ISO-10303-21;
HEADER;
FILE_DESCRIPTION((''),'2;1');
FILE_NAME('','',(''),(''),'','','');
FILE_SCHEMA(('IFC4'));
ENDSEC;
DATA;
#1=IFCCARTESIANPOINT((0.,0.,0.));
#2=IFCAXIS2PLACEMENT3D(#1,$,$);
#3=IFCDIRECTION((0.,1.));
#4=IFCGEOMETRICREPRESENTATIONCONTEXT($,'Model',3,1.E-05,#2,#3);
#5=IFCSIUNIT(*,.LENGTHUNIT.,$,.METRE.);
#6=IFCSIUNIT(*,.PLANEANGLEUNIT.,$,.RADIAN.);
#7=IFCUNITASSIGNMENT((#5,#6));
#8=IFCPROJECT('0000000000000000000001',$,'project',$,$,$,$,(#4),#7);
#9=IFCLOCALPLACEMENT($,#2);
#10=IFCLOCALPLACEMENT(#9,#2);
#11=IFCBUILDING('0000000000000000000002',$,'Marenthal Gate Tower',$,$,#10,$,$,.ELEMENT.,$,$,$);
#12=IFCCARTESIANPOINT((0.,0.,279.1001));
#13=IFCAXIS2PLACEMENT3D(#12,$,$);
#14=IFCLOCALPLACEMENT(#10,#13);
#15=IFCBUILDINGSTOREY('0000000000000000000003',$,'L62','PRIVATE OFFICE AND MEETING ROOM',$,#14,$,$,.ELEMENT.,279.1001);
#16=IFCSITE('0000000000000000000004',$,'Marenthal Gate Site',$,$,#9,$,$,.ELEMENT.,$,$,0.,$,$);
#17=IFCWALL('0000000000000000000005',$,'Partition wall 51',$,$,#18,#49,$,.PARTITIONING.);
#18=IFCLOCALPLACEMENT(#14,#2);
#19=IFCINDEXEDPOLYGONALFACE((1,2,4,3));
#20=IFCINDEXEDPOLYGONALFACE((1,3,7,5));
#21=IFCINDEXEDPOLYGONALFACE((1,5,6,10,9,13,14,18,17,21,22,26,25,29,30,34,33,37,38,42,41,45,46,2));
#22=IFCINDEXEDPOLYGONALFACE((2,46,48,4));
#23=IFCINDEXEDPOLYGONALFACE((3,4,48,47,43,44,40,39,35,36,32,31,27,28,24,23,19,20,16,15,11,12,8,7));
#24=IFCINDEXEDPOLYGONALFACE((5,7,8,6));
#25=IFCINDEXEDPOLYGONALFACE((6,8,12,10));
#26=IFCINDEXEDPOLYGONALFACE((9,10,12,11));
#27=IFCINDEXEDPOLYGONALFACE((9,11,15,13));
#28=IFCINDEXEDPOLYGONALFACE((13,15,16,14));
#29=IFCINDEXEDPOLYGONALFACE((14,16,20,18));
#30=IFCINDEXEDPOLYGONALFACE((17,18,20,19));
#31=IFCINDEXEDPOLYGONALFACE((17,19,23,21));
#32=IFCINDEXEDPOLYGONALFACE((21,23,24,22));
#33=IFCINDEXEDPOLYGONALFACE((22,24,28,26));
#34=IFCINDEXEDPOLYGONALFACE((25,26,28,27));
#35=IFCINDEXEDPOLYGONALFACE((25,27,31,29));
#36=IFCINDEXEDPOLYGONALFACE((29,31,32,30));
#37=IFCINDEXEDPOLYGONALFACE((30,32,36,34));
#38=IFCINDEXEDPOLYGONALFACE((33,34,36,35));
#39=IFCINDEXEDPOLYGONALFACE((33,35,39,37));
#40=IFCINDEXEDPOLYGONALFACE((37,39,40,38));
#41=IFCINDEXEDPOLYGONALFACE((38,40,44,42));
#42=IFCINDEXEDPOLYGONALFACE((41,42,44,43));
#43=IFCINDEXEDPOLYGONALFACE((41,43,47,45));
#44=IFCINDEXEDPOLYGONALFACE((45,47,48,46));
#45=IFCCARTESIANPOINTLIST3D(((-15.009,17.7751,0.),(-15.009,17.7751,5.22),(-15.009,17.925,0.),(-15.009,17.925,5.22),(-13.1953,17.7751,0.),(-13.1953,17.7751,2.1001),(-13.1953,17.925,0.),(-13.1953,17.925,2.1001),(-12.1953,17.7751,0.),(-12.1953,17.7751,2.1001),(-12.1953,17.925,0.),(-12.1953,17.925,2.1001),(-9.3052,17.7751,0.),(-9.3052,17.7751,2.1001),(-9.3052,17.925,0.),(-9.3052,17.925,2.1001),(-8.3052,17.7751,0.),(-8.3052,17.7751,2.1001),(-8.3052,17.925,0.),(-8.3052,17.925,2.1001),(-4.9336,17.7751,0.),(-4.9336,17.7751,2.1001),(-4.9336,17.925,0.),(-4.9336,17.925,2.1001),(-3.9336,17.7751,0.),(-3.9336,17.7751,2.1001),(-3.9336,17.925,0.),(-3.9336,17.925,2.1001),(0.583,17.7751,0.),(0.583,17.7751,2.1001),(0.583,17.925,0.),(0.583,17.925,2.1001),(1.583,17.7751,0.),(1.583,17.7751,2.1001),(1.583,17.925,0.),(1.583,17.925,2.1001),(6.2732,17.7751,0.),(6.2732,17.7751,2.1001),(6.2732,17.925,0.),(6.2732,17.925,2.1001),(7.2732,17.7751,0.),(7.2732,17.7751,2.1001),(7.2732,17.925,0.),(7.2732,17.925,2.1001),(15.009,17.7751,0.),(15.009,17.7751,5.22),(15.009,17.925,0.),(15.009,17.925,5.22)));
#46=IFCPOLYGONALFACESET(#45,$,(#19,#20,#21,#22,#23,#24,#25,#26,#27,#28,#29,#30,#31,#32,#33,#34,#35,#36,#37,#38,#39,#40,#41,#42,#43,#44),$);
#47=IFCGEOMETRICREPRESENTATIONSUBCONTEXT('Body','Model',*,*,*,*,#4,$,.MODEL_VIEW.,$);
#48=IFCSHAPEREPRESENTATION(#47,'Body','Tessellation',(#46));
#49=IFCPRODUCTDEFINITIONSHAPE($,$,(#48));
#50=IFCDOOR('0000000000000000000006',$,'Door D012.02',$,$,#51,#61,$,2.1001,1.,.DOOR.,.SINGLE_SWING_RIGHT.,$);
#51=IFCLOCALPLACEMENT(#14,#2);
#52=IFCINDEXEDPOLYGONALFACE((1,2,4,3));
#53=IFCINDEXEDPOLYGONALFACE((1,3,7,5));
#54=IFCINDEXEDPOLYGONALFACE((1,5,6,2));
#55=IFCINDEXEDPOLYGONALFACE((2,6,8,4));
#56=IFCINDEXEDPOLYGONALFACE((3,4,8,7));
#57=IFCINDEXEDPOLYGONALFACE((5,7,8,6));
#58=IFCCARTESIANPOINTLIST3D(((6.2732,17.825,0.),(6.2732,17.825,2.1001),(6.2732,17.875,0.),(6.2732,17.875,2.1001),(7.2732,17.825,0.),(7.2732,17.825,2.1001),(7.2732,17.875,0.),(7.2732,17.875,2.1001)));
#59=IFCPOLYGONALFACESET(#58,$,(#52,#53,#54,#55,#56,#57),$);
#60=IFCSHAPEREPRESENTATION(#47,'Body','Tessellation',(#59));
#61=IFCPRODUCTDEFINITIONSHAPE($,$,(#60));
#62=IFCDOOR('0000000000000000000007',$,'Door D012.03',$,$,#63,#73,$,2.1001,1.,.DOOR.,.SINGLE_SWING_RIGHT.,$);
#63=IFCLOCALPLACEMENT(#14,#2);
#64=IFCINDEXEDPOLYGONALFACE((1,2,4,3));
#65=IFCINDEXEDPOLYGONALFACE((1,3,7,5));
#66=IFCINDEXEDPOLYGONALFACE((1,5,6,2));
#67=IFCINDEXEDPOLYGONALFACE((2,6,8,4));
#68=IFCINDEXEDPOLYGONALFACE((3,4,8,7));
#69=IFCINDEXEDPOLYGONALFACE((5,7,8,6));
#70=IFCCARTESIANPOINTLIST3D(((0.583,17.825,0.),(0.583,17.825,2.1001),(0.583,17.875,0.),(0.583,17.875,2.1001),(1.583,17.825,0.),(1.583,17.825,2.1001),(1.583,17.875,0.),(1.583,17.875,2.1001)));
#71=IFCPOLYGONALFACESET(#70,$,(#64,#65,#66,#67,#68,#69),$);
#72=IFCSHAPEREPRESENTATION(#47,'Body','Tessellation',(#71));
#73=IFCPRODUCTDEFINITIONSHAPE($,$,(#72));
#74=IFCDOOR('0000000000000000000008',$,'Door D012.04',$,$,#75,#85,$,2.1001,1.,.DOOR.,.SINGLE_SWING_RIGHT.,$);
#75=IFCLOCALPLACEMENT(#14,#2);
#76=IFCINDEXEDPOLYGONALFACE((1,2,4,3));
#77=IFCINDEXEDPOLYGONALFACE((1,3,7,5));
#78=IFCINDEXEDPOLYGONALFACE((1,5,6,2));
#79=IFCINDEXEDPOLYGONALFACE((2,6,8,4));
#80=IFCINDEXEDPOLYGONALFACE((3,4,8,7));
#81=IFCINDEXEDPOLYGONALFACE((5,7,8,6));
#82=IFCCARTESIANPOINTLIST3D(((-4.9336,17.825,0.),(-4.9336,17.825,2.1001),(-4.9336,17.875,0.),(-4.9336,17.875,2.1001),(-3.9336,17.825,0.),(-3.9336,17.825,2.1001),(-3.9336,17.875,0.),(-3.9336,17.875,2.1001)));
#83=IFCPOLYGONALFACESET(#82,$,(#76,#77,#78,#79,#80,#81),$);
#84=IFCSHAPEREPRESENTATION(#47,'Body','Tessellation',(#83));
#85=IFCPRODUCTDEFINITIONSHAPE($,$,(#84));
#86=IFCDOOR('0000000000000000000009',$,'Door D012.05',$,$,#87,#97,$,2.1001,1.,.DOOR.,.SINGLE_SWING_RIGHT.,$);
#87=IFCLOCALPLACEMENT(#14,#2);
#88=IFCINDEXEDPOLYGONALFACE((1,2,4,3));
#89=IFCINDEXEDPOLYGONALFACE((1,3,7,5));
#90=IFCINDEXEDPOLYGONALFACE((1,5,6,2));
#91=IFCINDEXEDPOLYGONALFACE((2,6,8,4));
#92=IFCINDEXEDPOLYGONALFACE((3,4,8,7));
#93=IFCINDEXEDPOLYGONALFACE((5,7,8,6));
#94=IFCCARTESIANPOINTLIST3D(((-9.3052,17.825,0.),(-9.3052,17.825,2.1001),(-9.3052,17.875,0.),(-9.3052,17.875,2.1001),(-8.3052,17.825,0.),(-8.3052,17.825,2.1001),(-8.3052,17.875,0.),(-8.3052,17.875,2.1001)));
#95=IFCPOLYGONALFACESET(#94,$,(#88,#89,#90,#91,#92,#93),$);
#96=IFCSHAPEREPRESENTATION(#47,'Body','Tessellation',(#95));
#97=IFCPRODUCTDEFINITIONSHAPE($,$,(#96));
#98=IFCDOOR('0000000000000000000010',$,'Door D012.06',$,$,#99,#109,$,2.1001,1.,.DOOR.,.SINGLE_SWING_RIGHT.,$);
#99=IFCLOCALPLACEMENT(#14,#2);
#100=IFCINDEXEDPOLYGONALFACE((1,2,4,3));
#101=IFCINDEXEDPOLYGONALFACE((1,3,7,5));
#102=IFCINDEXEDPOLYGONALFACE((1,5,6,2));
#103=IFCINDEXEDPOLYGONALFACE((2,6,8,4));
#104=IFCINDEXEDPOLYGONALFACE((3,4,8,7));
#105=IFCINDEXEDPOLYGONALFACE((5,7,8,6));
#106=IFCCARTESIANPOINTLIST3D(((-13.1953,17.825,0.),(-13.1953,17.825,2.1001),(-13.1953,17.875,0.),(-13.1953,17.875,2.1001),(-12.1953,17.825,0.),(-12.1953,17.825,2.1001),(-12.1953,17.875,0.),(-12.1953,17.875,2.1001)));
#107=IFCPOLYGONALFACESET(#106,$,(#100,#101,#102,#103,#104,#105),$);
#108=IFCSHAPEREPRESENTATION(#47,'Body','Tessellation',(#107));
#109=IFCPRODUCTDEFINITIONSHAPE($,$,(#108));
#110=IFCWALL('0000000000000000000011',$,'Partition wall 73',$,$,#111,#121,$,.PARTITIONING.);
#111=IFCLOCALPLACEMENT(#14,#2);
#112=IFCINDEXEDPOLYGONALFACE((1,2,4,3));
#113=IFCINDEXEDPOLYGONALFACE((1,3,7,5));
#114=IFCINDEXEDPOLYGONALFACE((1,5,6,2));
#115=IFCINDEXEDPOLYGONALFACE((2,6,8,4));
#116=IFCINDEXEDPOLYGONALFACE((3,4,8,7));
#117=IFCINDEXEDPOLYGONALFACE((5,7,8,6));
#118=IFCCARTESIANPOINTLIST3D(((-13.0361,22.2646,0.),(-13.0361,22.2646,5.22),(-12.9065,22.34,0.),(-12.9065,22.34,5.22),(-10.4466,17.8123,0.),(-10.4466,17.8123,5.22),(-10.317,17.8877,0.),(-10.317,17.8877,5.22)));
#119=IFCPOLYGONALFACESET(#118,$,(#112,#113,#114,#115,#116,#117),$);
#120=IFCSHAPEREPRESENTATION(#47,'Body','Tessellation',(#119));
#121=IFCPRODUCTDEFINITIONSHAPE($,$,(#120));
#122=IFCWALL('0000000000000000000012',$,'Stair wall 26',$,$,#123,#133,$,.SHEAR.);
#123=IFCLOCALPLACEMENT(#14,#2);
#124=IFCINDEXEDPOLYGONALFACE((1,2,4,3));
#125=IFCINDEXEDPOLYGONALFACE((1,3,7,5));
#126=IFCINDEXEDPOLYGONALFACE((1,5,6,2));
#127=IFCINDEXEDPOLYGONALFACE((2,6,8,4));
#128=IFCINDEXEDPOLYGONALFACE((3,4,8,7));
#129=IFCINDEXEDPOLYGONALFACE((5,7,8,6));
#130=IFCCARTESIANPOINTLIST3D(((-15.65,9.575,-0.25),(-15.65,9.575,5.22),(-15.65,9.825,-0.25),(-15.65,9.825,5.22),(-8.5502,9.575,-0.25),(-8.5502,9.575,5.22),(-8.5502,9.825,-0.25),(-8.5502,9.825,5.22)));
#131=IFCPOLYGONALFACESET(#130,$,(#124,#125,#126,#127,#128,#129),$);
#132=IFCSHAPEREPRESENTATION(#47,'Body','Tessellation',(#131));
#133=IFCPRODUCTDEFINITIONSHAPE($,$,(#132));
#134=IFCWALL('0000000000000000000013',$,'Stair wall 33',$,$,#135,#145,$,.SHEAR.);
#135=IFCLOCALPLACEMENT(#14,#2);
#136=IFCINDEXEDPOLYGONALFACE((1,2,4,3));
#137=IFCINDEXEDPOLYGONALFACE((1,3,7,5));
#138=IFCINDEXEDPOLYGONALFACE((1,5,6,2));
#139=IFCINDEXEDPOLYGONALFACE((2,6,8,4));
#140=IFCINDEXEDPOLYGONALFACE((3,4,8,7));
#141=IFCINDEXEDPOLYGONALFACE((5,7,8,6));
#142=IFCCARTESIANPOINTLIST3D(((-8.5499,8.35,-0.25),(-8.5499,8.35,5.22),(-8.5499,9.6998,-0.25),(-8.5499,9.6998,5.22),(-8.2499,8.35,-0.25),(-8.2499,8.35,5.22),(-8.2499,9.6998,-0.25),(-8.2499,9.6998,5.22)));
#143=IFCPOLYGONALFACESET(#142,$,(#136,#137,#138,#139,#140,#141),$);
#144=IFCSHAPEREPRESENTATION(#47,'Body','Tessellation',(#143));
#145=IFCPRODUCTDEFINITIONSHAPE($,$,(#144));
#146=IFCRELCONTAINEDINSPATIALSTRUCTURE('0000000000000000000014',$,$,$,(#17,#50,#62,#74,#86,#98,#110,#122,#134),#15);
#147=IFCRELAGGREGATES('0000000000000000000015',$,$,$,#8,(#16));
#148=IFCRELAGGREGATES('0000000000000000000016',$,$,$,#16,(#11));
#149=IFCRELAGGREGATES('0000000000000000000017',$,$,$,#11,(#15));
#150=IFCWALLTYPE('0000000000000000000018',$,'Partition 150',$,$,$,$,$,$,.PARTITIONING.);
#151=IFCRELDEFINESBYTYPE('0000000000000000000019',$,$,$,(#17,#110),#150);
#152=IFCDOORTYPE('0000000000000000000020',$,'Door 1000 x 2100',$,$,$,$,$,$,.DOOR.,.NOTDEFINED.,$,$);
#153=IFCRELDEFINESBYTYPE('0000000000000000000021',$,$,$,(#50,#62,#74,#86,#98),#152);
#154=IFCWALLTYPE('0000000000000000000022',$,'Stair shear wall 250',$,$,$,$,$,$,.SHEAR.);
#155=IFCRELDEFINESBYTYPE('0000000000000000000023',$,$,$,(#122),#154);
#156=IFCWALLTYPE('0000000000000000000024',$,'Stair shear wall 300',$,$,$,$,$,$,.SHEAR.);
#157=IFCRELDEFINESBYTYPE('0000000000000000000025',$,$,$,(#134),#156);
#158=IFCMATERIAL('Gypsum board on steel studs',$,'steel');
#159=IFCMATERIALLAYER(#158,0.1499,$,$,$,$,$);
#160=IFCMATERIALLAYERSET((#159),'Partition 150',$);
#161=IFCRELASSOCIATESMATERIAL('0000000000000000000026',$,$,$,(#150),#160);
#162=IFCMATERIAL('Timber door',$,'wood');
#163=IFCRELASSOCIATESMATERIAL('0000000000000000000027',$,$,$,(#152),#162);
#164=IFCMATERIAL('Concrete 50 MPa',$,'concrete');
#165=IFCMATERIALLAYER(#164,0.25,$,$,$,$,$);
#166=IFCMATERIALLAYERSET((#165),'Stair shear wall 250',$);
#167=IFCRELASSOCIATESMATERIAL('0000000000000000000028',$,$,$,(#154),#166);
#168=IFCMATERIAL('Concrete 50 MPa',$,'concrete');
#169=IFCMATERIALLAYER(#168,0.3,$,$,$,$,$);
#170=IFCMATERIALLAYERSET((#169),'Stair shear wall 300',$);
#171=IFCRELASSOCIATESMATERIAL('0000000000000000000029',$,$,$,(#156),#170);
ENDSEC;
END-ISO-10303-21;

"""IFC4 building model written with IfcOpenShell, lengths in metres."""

from ifc_helpers import new_model, si_unit, direction, frame, frame_2d, origin, place, context, subcontext, project, spatial, rectangle, extrude, material, layer, layer_set, type_object, element, fill, save


model = new_model("IFC4")

# Units and contexts
model_context = context("Model", 3, precision=1e-05, world=origin(), true_north=direction((0.0, 1.0)))
body_context = subcontext(model_context, "Body", "Model", "MODEL_VIEW")
ifc_project = project(units=[si_unit("LENGTHUNIT", "METRE"), si_unit("PLANEANGLEUNIT", "RADIAN")], contexts=[model_context])

# Site, building, storey
site_placement = place(None, origin())
site = spatial("IfcSite", under=ifc_project, at=site_placement, Name="Marenthal Gate Site", CompositionType="ELEMENT", RefElevation=0.0)
building_placement = place(site_placement, origin())
building = spatial("IfcBuilding", under=site, at=building_placement, Name="Marenthal Gate Tower", CompositionType="ELEMENT")
storey_placement = place(building_placement, frame((0.0, 0.0, 279.1001)))
storey = spatial("IfcBuildingStorey", under=building, at=storey_placement, Name="L62", Description="PRIVATE OFFICE AND MEETING ROOM", CompositionType="ELEMENT", Elevation=279.1001)

# Shared definitions
ifc_material_1 = material(Name="Gypsum board on steel studs", Category="steel")
ifc_layer_1 = layer(ifc_material_1, 0.1499)
ifc_layer_set_1 = layer_set([ifc_layer_1], Name="Partition 150")
wall_type_1 = type_object("IfcWallType", Name="Partition 150", PredefinedType="PARTITIONING", material=ifc_layer_set_1)

# Wall, openings, doors
wall_1_placement = place(storey_placement, frame((-15.009, 17.8501, 0.0), z_axis=(0.0, 0.0, 1.0), x_axis=(1.0, 0.0, 0.0)))
wall_1 = element("IfcWall", 1, at=wall_1_placement, inside=storey, type_object=wall_type_1, Name="Partition wall 51", PredefinedType="PARTITIONING", context=body_context, shape_type="SweptSolid", body=[
    extrude(rectangle(XDim=30.0181, YDim=0.1499, at=frame_2d((15.009, 0.0))), origin(), (0.0, 0.0, 1.0), 5.22),
])
opening_1_placement = place(wall_1_placement, frame((21.2822, 0.0, 0.0)))
opening_1 = element("IfcOpeningElement", 2, at=opening_1_placement, cuts=wall_1, PredefinedType="OPENING", context=body_context, shape_type="SweptSolid", body=[
    extrude(rectangle(XDim=1.0, YDim=2.1001, at=frame_2d((0.5, 1.05))), frame((0.0, 0.085, 0.0), z_axis=(0.0, -1.0, 0.0), x_axis=(1.0, 0.0, 0.0)), (0.0, 0.0, 1.0), 0.1699),
])
opening_2_placement = place(wall_1_placement, frame((15.592, 0.0, 0.0)))
opening_2 = element("IfcOpeningElement", 3, at=opening_2_placement, cuts=wall_1, PredefinedType="OPENING", context=body_context, shape_type="SweptSolid", body=[
    extrude(rectangle(XDim=1.0, YDim=2.1001, at=frame_2d((0.5, 1.05))), frame((0.0, 0.085, 0.0), z_axis=(0.0, -1.0, 0.0), x_axis=(1.0, 0.0, 0.0)), (0.0, 0.0, 1.0), 0.1699),
])
opening_3_placement = place(wall_1_placement, frame((10.0754, 0.0, 0.0)))
opening_3 = element("IfcOpeningElement", 4, at=opening_3_placement, cuts=wall_1, PredefinedType="OPENING", context=body_context, shape_type="SweptSolid", body=[
    extrude(rectangle(XDim=1.0, YDim=2.1001, at=frame_2d((0.5, 1.05))), frame((0.0, 0.085, 0.0), z_axis=(0.0, -1.0, 0.0), x_axis=(1.0, 0.0, 0.0)), (0.0, 0.0, 1.0), 0.1699),
])
opening_4_placement = place(wall_1_placement, frame((5.7039, 0.0, 0.0)))
opening_4 = element("IfcOpeningElement", 5, at=opening_4_placement, cuts=wall_1, PredefinedType="OPENING", context=body_context, shape_type="SweptSolid", body=[
    extrude(rectangle(XDim=1.0, YDim=2.1001, at=frame_2d((0.5, 1.05))), frame((0.0, 0.085, 0.0), z_axis=(0.0, -1.0, 0.0), x_axis=(1.0, 0.0, 0.0)), (0.0, 0.0, 1.0), 0.1699),
])
opening_5_placement = place(wall_1_placement, frame((1.8137, 0.0, 0.0)))
opening_5 = element("IfcOpeningElement", 6, at=opening_5_placement, cuts=wall_1, PredefinedType="OPENING", context=body_context, shape_type="SweptSolid", body=[
    extrude(rectangle(XDim=1.0, YDim=2.1001, at=frame_2d((0.5, 1.05))), frame((0.0, 0.085, 0.0), z_axis=(0.0, -1.0, 0.0), x_axis=(1.0, 0.0, 0.0)), (0.0, 0.0, 1.0), 0.1699),
])
ifc_material_2 = material(Name="Timber door", Category="wood")
door_type_1 = type_object("IfcDoorType", Name="Door 1000 x 2100", OperationType="NOTDEFINED", PredefinedType="DOOR", material=ifc_material_2)
door_1_placement = place(opening_1_placement, origin())
door_1 = element("IfcDoor", 7, at=door_1_placement, inside=storey, type_object=door_type_1, Name="Door D012.02", OperationType="SINGLE_SWING_RIGHT", OverallHeight=2.1001, OverallWidth=1.0, PredefinedType="DOOR", context=body_context, shape_type="SweptSolid", body=[
    extrude(rectangle(XDim=1.0, YDim=2.1001, at=frame_2d((0.5, 1.05))), frame((0.0, 0.0249, 0.0), z_axis=(0.0, -1.0, 0.0), x_axis=(1.0, 0.0, 0.0)), (0.0, 0.0, 1.0), 0.05),
])
fill(opening_1, door_1)
door_2_placement = place(opening_2_placement, origin())
door_2 = element("IfcDoor", 8, at=door_2_placement, inside=storey, type_object=door_type_1, Name="Door D012.03", OperationType="SINGLE_SWING_RIGHT", OverallHeight=2.1001, OverallWidth=1.0, PredefinedType="DOOR", context=body_context, shape_type="SweptSolid", body=[
    extrude(rectangle(XDim=1.0, YDim=2.1001, at=frame_2d((0.5, 1.05))), frame((0.0, 0.0249, 0.0), z_axis=(0.0, -1.0, 0.0), x_axis=(1.0, 0.0, 0.0)), (0.0, 0.0, 1.0), 0.05),
])
fill(opening_2, door_2)
door_3_placement = place(opening_3_placement, origin())
door_3 = element("IfcDoor", 9, at=door_3_placement, inside=storey, type_object=door_type_1, Name="Door D012.04", OperationType="SINGLE_SWING_RIGHT", OverallHeight=2.1001, OverallWidth=1.0, PredefinedType="DOOR", context=body_context, shape_type="SweptSolid", body=[
    extrude(rectangle(XDim=1.0, YDim=2.1001, at=frame_2d((0.5, 1.05))), frame((0.0, 0.0249, 0.0), z_axis=(0.0, -1.0, 0.0), x_axis=(1.0, 0.0, 0.0)), (0.0, 0.0, 1.0), 0.05),
])
fill(opening_3, door_3)
door_4_placement = place(opening_4_placement, origin())
door_4 = element("IfcDoor", 10, at=door_4_placement, inside=storey, type_object=door_type_1, Name="Door D012.05", OperationType="SINGLE_SWING_RIGHT", OverallHeight=2.1001, OverallWidth=1.0, PredefinedType="DOOR", context=body_context, shape_type="SweptSolid", body=[
    extrude(rectangle(XDim=1.0, YDim=2.1001, at=frame_2d((0.5, 1.05))), frame((0.0, 0.0249, 0.0), z_axis=(0.0, -1.0, 0.0), x_axis=(1.0, 0.0, 0.0)), (0.0, 0.0, 1.0), 0.05),
])
fill(opening_4, door_4)
door_5_placement = place(opening_5_placement, origin())
door_5 = element("IfcDoor", 11, at=door_5_placement, inside=storey, type_object=door_type_1, Name="Door D012.06", OperationType="SINGLE_SWING_RIGHT", OverallHeight=2.1001, OverallWidth=1.0, PredefinedType="DOOR", context=body_context, shape_type="SweptSolid", body=[
    extrude(rectangle(XDim=1.0, YDim=2.1001, at=frame_2d((0.5, 1.05))), frame((0.0, 0.0249, 0.0), z_axis=(0.0, -1.0, 0.0), x_axis=(1.0, 0.0, 0.0)), (0.0, 0.0, 1.0), 0.05),
])
fill(opening_5, door_5)

# Walls
wall_2_placement = place(storey_placement, frame((-10.3818, 17.8501, 0.0), z_axis=(0.0, 0.0, 1.0), x_axis=(-0.502765, 0.864423, 0.0)))
element("IfcWall", 12, at=wall_2_placement, inside=storey, type_object=wall_type_1, Name="Partition wall 73", PredefinedType="PARTITIONING", context=body_context, shape_type="SweptSolid", body=[
    extrude(rectangle(XDim=5.1506, YDim=0.1499, at=frame_2d((2.5752, 0.0))), origin(), (0.0, 0.0, 1.0), 5.22),
])
ifc_material_3 = material(Name="Concrete 50 MPa", Category="concrete")
ifc_layer_2 = layer(ifc_material_3, 0.25)
ifc_layer_set_2 = layer_set([ifc_layer_2], Name="Stair shear wall 250")
wall_type_2 = type_object("IfcWallType", Name="Stair shear wall 250", PredefinedType="SHEAR", material=ifc_layer_set_2)
wall_3_placement = place(storey_placement, frame((-15.6499, 9.7, -0.25), z_axis=(0.0, 0.0, 1.0), x_axis=(1.0, 0.0, 0.0)))
element("IfcWall", 13, at=wall_3_placement, inside=storey, type_object=wall_type_2, Name="Stair wall 26", PredefinedType="SHEAR", context=body_context, shape_type="SweptSolid", body=[
    extrude(rectangle(XDim=7.0999, YDim=0.25, at=frame_2d((3.5498, 0.0))), origin(), (0.0, 0.0, 1.0), 5.47),
])
ifc_material_4 = material(Name="Concrete 50 MPa", Category="concrete")
ifc_layer_3 = layer(ifc_material_4, 0.3)
ifc_layer_set_3 = layer_set([ifc_layer_3], Name="Stair shear wall 300")
wall_type_3 = type_object("IfcWallType", Name="Stair shear wall 300", PredefinedType="SHEAR", material=ifc_layer_set_3)
wall_4_placement = place(storey_placement, frame((-8.3999, 8.3501, -0.25), z_axis=(0.0, 0.0, 1.0), x_axis=(0.0, 1.0, 0.0)))
element("IfcWall", 14, at=wall_4_placement, inside=storey, type_object=wall_type_3, Name="Stair wall 33", PredefinedType="SHEAR", context=body_context, shape_type="SweptSolid", body=[
    extrude(rectangle(XDim=1.3499, YDim=0.3, at=frame_2d((0.6748, 0.0))), origin(), (0.0, 0.0, 1.0), 5.47),
])

save(model, "model.ifc")
